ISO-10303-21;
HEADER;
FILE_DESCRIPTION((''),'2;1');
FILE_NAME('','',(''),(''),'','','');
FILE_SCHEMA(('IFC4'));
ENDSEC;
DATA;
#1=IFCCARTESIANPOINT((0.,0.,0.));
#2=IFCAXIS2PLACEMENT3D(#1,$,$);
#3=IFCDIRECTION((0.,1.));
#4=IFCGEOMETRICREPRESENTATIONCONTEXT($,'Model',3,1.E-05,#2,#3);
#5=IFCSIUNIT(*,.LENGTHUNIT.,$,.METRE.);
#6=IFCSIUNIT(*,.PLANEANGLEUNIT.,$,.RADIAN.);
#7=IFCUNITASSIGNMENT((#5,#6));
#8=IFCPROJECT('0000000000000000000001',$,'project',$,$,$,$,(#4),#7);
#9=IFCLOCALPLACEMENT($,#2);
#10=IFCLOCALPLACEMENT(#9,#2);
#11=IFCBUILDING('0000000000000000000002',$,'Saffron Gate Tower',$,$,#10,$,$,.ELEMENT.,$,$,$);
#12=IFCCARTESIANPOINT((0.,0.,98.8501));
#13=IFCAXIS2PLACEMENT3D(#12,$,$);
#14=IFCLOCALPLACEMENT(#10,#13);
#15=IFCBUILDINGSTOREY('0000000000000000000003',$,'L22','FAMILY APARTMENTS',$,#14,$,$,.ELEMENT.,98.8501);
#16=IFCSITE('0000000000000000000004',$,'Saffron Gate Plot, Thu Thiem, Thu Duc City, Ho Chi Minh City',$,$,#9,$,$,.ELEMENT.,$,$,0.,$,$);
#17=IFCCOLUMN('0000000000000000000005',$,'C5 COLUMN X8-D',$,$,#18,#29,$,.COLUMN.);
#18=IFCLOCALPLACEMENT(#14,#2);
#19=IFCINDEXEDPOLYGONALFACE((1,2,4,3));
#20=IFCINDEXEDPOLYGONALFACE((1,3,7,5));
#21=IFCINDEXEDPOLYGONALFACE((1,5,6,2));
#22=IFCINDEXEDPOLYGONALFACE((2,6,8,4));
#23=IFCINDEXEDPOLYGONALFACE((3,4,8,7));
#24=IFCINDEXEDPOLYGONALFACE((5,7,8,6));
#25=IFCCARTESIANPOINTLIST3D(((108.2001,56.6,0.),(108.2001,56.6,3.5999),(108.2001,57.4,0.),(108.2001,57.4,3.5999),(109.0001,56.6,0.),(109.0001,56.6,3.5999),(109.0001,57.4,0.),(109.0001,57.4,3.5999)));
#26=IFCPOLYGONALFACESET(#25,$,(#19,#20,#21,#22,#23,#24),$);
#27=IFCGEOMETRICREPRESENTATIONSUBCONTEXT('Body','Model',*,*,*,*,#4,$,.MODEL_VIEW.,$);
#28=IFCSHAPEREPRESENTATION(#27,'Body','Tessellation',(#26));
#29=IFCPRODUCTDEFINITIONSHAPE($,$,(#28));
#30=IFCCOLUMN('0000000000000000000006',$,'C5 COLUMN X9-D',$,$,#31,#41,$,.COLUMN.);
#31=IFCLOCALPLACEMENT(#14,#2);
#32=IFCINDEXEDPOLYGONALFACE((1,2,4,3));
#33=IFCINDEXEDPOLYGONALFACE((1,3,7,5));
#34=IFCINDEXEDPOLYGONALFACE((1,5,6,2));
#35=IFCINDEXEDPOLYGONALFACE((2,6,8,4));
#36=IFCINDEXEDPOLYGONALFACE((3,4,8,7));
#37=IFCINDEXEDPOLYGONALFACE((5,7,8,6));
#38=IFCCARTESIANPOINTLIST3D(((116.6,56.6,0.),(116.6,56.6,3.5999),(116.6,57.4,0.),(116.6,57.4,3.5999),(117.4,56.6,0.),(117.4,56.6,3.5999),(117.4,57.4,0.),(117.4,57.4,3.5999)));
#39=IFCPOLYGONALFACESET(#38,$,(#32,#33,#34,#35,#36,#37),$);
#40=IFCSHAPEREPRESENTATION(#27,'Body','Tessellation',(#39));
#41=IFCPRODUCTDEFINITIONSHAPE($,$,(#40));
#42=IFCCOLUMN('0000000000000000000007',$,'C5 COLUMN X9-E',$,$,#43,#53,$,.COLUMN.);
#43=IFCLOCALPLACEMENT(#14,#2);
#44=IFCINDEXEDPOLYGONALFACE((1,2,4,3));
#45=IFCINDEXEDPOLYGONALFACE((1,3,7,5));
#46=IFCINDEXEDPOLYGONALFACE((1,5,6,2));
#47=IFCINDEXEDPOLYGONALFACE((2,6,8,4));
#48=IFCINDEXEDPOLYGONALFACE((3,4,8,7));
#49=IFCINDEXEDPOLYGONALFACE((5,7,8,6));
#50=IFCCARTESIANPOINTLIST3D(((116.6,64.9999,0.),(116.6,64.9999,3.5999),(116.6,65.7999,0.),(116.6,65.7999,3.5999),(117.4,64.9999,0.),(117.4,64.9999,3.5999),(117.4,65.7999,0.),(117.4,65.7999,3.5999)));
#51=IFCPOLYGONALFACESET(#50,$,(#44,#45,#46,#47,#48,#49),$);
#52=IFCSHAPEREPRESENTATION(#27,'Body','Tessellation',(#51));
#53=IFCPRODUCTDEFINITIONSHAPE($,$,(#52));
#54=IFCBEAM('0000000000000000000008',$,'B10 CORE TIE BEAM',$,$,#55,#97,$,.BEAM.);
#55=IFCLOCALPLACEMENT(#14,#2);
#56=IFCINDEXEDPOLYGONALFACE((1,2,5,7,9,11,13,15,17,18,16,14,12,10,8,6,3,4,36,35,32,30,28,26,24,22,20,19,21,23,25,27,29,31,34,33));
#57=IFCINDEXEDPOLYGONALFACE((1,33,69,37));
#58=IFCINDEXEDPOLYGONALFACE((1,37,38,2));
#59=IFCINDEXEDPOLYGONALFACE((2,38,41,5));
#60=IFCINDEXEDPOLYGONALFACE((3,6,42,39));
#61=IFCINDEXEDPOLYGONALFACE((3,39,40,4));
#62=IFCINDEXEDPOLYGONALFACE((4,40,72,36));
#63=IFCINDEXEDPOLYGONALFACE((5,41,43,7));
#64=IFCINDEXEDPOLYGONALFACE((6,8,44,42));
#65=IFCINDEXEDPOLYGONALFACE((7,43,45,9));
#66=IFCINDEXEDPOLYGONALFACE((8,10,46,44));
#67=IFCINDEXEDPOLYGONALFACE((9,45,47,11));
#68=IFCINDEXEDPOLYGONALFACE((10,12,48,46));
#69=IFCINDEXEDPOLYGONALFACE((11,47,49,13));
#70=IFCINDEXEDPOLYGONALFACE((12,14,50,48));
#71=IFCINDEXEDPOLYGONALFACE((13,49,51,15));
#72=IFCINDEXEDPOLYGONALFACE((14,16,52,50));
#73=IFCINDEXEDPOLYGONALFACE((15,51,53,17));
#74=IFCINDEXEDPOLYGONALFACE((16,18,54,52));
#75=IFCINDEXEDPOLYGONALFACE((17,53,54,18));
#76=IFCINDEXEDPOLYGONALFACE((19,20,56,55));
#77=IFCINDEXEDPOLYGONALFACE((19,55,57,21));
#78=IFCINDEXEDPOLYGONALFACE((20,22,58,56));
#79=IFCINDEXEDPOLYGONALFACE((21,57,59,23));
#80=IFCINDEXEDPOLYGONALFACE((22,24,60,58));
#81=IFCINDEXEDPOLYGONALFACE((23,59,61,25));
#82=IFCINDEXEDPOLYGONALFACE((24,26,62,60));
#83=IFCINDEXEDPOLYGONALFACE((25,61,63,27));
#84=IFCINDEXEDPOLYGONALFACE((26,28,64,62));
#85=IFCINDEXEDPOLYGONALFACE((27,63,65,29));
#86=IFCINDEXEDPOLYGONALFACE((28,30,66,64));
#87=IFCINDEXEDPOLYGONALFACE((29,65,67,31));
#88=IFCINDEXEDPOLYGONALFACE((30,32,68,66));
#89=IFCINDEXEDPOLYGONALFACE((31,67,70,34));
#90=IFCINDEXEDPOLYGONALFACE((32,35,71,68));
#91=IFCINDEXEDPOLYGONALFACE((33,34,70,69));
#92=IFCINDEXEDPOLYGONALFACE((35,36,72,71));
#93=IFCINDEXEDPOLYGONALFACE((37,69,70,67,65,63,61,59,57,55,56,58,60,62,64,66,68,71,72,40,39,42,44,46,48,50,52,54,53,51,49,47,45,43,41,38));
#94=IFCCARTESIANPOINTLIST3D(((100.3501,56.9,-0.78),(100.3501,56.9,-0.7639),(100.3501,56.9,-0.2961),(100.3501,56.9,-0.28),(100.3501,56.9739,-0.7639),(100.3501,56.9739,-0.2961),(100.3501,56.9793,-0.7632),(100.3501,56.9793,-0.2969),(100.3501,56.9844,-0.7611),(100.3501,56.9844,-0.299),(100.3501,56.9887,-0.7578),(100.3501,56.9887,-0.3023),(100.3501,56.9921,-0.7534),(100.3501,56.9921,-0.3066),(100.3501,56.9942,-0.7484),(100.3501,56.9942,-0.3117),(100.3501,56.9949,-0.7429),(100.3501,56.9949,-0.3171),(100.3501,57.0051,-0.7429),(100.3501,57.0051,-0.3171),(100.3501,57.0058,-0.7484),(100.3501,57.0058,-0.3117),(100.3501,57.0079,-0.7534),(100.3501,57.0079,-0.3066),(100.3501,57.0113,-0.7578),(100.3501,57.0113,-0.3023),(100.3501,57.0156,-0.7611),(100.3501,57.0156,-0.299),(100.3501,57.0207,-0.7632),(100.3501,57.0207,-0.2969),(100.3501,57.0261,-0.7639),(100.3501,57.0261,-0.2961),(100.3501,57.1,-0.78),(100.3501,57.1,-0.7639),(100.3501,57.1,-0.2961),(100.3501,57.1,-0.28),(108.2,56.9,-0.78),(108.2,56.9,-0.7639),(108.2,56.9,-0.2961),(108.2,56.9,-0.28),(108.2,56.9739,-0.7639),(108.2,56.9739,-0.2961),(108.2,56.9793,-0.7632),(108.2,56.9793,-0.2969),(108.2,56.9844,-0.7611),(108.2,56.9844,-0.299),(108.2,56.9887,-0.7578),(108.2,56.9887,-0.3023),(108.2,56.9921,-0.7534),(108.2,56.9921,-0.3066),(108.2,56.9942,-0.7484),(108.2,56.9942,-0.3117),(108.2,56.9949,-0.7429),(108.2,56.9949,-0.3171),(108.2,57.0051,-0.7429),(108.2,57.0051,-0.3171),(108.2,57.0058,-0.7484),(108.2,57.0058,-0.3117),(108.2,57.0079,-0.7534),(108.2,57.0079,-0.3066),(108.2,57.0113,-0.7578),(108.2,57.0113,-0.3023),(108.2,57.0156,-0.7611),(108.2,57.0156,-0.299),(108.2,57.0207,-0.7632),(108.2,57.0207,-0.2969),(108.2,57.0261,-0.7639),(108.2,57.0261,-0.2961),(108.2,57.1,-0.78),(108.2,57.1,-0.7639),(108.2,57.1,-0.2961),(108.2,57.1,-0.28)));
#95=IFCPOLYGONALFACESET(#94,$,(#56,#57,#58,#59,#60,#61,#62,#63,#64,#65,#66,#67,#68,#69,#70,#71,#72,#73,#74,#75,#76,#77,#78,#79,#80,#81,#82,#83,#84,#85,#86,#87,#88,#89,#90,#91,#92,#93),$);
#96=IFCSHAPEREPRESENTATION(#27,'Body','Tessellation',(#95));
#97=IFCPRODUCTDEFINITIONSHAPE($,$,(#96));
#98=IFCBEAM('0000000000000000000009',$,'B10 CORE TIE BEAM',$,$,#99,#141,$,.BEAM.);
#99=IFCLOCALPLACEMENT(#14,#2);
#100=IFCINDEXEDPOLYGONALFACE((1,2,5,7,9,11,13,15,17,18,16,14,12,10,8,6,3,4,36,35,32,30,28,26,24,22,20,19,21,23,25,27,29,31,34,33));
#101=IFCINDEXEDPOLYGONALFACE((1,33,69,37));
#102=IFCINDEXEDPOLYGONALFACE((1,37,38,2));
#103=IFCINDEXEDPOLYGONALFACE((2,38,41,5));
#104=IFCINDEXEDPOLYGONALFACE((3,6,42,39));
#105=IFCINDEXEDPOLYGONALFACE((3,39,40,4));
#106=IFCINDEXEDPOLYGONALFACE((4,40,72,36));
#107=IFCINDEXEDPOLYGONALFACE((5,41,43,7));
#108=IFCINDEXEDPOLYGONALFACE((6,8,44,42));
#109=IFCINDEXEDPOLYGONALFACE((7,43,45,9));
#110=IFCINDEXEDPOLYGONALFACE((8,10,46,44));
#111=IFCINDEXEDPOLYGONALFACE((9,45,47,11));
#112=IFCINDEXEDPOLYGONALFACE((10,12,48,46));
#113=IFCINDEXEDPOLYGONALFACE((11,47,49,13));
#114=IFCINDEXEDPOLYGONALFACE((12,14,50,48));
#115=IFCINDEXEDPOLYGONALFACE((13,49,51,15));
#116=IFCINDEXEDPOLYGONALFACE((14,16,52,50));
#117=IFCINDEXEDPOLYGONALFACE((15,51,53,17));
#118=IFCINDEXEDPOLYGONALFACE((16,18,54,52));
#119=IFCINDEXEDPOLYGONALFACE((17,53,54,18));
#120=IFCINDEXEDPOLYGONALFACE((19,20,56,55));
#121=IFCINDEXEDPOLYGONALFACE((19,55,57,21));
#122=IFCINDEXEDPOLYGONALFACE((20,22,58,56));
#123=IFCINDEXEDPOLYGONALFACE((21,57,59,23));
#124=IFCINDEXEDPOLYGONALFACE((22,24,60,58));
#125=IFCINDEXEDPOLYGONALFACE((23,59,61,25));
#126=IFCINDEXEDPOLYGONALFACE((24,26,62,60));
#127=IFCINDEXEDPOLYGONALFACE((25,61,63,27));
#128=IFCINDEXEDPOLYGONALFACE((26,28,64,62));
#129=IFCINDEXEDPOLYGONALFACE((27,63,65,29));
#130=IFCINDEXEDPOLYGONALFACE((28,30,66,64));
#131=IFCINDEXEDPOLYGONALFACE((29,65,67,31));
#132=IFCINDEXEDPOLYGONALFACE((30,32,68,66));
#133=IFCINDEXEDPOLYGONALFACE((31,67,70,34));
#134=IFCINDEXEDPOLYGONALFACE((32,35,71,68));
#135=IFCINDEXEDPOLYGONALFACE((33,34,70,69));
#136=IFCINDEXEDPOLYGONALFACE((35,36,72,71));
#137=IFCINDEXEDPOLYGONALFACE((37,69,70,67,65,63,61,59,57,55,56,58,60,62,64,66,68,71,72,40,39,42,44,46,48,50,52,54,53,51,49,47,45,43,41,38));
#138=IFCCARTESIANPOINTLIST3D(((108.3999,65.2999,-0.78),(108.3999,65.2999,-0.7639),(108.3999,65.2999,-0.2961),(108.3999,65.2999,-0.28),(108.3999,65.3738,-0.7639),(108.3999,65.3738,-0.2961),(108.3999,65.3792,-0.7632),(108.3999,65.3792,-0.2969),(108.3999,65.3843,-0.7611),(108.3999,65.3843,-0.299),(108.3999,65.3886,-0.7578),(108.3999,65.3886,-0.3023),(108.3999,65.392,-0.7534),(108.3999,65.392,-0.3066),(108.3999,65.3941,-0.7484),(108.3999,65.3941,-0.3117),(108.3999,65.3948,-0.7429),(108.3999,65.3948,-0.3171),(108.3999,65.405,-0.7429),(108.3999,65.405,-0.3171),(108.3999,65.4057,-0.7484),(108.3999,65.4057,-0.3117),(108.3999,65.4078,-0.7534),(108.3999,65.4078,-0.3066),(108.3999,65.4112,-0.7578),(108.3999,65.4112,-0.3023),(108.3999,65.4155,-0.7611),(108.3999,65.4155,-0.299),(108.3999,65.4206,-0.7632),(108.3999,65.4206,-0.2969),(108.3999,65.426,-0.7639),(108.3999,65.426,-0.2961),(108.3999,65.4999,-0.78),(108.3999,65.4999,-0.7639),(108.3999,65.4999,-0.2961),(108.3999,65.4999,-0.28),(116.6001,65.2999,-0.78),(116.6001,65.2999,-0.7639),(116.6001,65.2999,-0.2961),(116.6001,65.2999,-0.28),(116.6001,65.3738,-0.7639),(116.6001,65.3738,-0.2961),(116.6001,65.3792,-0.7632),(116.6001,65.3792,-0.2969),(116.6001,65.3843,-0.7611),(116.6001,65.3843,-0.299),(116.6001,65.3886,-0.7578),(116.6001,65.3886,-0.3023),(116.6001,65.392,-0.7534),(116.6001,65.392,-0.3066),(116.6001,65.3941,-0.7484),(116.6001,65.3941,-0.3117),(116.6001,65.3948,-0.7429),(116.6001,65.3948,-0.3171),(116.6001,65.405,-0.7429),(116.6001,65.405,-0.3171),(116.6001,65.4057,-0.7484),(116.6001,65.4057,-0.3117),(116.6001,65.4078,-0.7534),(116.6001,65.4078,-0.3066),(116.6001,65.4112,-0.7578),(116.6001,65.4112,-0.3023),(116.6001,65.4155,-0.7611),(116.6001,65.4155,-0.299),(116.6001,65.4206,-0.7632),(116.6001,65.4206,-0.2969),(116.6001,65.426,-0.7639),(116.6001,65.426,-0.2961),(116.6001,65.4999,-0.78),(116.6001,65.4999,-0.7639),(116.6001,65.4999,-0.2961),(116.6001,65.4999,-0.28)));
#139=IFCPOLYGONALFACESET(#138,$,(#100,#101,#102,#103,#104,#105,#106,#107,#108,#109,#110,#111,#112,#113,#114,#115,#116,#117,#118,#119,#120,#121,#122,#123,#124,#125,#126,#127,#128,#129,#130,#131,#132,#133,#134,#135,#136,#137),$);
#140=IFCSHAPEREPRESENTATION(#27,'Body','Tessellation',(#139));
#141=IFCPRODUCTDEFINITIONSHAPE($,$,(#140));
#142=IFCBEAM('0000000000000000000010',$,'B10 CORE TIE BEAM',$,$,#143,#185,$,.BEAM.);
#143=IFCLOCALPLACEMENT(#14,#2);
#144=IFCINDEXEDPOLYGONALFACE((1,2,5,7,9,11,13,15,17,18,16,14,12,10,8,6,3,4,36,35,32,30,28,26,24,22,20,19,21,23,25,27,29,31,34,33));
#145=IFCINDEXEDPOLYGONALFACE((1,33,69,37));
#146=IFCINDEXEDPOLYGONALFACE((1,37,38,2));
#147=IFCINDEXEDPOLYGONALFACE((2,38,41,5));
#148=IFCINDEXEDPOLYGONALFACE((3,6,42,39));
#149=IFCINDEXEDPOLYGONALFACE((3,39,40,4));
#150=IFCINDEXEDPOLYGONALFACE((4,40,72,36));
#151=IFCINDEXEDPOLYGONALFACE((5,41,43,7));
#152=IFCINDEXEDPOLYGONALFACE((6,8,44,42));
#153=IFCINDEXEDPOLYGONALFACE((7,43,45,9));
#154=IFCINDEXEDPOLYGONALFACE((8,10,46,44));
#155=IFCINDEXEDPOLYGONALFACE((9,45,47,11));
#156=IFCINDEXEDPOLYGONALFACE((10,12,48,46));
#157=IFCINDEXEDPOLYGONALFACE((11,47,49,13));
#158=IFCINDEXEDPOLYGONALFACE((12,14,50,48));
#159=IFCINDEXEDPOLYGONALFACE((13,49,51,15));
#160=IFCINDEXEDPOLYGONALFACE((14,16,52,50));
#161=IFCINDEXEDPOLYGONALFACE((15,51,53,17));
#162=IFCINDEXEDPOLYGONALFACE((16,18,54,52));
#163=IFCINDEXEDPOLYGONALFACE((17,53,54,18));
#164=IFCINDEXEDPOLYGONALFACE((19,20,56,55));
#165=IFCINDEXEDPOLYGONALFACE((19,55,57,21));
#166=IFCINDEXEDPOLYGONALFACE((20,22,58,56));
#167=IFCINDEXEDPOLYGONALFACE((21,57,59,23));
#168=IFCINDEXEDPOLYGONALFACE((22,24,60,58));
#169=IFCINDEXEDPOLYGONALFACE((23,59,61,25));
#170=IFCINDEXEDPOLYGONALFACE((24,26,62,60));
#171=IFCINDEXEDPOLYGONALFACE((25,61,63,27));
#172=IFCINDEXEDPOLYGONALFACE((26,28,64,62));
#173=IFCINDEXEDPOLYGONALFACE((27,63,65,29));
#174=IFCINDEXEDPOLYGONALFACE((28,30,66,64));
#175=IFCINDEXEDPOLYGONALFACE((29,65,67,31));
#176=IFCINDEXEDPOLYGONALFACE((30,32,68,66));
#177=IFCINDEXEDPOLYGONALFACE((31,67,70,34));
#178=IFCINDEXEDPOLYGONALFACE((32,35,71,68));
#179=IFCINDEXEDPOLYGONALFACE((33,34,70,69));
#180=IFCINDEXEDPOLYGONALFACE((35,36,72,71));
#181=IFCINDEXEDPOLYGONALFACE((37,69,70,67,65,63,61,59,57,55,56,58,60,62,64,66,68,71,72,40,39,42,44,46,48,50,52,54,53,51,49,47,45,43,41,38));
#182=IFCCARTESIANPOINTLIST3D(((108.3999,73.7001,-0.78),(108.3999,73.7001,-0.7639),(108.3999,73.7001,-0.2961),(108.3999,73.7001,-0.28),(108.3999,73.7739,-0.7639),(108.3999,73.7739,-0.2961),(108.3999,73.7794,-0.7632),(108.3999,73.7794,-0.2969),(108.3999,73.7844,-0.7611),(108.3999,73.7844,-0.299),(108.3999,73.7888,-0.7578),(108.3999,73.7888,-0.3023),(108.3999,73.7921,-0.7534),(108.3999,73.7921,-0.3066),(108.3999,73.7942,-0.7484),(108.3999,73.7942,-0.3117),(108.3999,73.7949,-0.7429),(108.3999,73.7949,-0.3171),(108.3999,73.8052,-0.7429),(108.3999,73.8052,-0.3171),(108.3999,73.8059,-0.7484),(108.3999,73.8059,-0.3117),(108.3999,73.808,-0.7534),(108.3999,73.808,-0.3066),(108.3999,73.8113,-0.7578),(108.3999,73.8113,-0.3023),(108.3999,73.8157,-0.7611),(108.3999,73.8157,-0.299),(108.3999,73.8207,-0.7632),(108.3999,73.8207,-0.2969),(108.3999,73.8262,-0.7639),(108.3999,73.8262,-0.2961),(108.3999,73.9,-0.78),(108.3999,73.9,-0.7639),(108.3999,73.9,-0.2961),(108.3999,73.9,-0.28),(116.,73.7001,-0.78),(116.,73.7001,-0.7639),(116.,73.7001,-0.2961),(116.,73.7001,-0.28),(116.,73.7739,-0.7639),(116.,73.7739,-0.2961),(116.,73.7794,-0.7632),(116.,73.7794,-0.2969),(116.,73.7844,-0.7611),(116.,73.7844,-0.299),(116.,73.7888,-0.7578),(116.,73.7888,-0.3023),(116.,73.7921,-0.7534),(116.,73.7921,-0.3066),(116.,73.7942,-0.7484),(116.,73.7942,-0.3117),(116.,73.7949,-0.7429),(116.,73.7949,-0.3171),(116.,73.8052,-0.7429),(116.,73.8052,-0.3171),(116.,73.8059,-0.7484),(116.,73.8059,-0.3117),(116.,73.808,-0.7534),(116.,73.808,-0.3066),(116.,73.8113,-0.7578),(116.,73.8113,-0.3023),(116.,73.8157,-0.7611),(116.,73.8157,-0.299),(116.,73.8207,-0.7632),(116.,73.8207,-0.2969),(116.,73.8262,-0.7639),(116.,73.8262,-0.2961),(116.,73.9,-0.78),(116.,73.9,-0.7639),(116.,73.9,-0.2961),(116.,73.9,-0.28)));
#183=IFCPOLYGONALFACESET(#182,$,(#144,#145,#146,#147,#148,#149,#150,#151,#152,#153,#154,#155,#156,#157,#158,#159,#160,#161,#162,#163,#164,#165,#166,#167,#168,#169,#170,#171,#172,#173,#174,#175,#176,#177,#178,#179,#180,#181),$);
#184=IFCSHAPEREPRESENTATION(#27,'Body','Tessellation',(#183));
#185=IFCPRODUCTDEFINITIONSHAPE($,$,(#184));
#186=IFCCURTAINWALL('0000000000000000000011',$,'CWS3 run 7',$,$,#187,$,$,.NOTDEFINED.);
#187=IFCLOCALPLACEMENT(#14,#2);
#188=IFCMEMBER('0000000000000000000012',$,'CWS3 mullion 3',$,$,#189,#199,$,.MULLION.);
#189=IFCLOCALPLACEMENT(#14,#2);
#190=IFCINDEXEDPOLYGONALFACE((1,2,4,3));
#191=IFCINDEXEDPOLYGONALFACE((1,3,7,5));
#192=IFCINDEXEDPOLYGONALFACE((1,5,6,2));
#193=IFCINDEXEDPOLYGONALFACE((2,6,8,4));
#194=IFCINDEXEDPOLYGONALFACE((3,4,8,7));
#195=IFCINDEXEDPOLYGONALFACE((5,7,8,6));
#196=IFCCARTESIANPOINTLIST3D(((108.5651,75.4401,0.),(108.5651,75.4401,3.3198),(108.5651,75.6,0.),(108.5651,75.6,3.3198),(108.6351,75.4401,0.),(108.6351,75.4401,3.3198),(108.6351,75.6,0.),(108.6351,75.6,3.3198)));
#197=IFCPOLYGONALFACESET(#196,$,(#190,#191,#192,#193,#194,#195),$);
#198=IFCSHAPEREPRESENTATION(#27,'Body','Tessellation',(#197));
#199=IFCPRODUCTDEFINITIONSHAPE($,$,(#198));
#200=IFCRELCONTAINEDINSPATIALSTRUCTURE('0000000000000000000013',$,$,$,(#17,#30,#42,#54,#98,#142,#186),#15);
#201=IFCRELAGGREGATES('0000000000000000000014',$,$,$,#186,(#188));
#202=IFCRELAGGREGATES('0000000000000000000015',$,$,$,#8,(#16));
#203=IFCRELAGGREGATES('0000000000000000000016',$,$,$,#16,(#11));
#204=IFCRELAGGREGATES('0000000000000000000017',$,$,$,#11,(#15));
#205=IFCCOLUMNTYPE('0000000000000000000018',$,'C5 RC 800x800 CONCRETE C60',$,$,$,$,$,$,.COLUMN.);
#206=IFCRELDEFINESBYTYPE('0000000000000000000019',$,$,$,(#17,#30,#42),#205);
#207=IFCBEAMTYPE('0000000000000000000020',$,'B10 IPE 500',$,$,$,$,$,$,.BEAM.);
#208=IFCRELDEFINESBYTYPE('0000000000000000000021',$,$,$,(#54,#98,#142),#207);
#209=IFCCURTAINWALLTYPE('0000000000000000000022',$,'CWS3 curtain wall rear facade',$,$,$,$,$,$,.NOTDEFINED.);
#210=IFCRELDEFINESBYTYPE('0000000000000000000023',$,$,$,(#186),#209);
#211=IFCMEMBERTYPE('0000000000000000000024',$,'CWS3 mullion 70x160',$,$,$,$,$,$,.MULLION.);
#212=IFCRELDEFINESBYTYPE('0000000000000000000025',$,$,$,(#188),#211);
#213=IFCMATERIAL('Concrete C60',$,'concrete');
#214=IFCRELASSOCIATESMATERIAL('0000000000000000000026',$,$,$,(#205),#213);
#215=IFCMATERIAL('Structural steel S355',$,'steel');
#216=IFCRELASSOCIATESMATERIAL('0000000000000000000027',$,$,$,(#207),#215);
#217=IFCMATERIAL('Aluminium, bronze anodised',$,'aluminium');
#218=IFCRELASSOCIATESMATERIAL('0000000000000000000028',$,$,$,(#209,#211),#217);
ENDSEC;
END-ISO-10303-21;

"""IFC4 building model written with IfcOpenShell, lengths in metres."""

from ifc_helpers import new_model, si_unit, direction, frame, origin, origin_2d, place, context, subcontext, project, spatial, rectangle, i_section, extrude, material, material_profile, profile_set, type_object, element, aggregate, save


model = new_model("IFC4")

# Units and contexts
model_context = context("Model", 3, precision=1e-05, world=origin(), true_north=direction((0.0, 1.0)))
body_context = subcontext(model_context, "Body", "Model", "MODEL_VIEW")
ifc_project = project(units=[si_unit("LENGTHUNIT", "METRE"), si_unit("PLANEANGLEUNIT", "RADIAN")], contexts=[model_context])

# Site, building, storey
site_placement = place(None, origin())
site = spatial("IfcSite", under=ifc_project, at=site_placement, Name="Saffron Gate Plot, Thu Thiem, Thu Duc City, Ho Chi Minh City", CompositionType="ELEMENT", RefElevation=0.0)
building_placement = place(site_placement, origin())
building = spatial("IfcBuilding", under=site, at=building_placement, Name="Saffron Gate Tower", CompositionType="ELEMENT")
storey_placement = place(building_placement, frame((0.0, 0.0, 98.8501)))
storey = spatial("IfcBuildingStorey", under=building, at=storey_placement, Name="L22", Description="FAMILY APARTMENTS", CompositionType="ELEMENT", Elevation=98.8501)

# Columns
ifc_material_1 = material(Name="Concrete C60", Category="concrete")
ifc_material_profile_1 = material_profile(ifc_material_1, rectangle(XDim=0.8, YDim=0.8, at=origin_2d()))
ifc_profile_set_1 = profile_set([ifc_material_profile_1], Name="Concrete C60")
column_type = type_object("IfcColumnType", Name="C5 RC 800x800 CONCRETE C60", PredefinedType="COLUMN", material=ifc_profile_set_1)
for number, where, z_axis, x_axis, name in (
    (1, (108.6001, 57.0, 0.0), (0.0, 0.0, 1.0), (1.0, 0.0, 0.0), "C5 COLUMN X8-D"),
    (2, (117.0, 57.0, 0.0), (0.0, 0.0, 1.0), (1.0, 0.0, 0.0), "C5 COLUMN X9-D"),
    (3, (117.0, 65.3999, 0.0), (0.0, 0.0, 1.0), (1.0, 0.0, 0.0), "C5 COLUMN X9-E"),
):
    element("IfcColumn", number, at=place(storey_placement, frame(where, z_axis=z_axis, x_axis=x_axis)), inside=storey, type_object=column_type, Name=name, PredefinedType="COLUMN", context=body_context, shape_type="SweptSolid", body=[
        extrude(rectangle(XDim=0.8, YDim=0.8, at=origin_2d()), origin(), (0.0, 0.0, 1.0), 3.5999),
    ])

# Beams
ifc_material_2 = material(Name="Structural steel S355", Category="steel")
ifc_material_profile_2 = material_profile(ifc_material_2, i_section(OverallWidth=0.2, OverallDepth=0.5, WebThickness=0.0103, FlangeThickness=0.0161, FilletRadius=0.021, at=origin_2d()))
ifc_profile_set_2 = profile_set([ifc_material_profile_2], Name="Structural steel S355")
beam_type = type_object("IfcBeamType", Name="B10 IPE 500", PredefinedType="BEAM", material=ifc_profile_set_2)
beam_1_placement = place(storey_placement, frame((108.2, 57.0, -0.53), z_axis=(-1.0, 0.0, 0.0), x_axis=(0.0, -1.0, 0.0)))
element("IfcBeam", 4, at=beam_1_placement, inside=storey, type_object=beam_type, Name="B10 CORE TIE BEAM", PredefinedType="BEAM", context=body_context, shape_type="SweptSolid", body=[
    extrude(i_section(OverallWidth=0.2, OverallDepth=0.5, WebThickness=0.0103, FlangeThickness=0.0161, FilletRadius=0.021, at=origin_2d()), origin(), (0.0, 0.0, 1.0), 7.8499),
])
beam_2_placement = place(storey_placement, frame((116.6001, 65.3999, -0.53), z_axis=(-1.0, 0.0, 0.0), x_axis=(0.0, -1.0, 0.0)))
element("IfcBeam", 5, at=beam_2_placement, inside=storey, type_object=beam_type, Name="B10 CORE TIE BEAM", PredefinedType="BEAM", context=body_context, shape_type="SweptSolid", body=[
    extrude(i_section(OverallWidth=0.2, OverallDepth=0.5, WebThickness=0.0103, FlangeThickness=0.0161, FilletRadius=0.021, at=origin_2d()), origin(), (0.0, 0.0, 1.0), 8.2002),
])
beam_3_placement = place(storey_placement, frame((116.0, 73.8, -0.53), z_axis=(-1.0, 0.0, 0.0), x_axis=(0.0, -1.0, 0.0)))
element("IfcBeam", 6, at=beam_3_placement, inside=storey, type_object=beam_type, Name="B10 CORE TIE BEAM", PredefinedType="BEAM", context=body_context, shape_type="SweptSolid", body=[
    extrude(i_section(OverallWidth=0.2, OverallDepth=0.5, WebThickness=0.0103, FlangeThickness=0.0161, FilletRadius=0.021, at=origin_2d()), origin(), (0.0, 0.0, 1.0), 7.6001),
])

# Curtain wall, member
ifc_material_3 = material(Name="Aluminium, bronze anodised", Category="aluminium")
curtain_wall_type = type_object("IfcCurtainWallType", Name="CWS3 curtain wall rear facade", PredefinedType="NOTDEFINED", material=ifc_material_3)
curtain_wall_placement = place(storey_placement, origin())
curtain_wall = element("IfcCurtainWall", 7, at=curtain_wall_placement, inside=storey, type_object=curtain_wall_type, Name="CWS3 run 7", PredefinedType="NOTDEFINED")
ifc_material_profile_3 = material_profile(ifc_material_3, rectangle(XDim=0.1599, YDim=0.0701, at=origin_2d()))
ifc_profile_set_3 = profile_set([ifc_material_profile_3], Name="Aluminium, bronze anodised")
member_type = type_object("IfcMemberType", Name="CWS3 mullion 70x160", PredefinedType="MULLION", material=ifc_profile_set_3)
member_placement = place(storey_placement, frame((108.6001, 75.52, 0.0), z_axis=(0.0, 0.0, 1.0), x_axis=(0.0, -1.0, 0.0)))
member = element("IfcMember", 8, at=member_placement, type_object=member_type, Name="CWS3 mullion 3", PredefinedType="MULLION", context=body_context, shape_type="SweptSolid", body=[
    extrude(rectangle(XDim=0.1599, YDim=0.0701, at=origin_2d()), origin(), (0.0, 0.0, 1.0), 3.3198),
])
aggregate(curtain_wall, [member])

save(model, "model.ifc")
